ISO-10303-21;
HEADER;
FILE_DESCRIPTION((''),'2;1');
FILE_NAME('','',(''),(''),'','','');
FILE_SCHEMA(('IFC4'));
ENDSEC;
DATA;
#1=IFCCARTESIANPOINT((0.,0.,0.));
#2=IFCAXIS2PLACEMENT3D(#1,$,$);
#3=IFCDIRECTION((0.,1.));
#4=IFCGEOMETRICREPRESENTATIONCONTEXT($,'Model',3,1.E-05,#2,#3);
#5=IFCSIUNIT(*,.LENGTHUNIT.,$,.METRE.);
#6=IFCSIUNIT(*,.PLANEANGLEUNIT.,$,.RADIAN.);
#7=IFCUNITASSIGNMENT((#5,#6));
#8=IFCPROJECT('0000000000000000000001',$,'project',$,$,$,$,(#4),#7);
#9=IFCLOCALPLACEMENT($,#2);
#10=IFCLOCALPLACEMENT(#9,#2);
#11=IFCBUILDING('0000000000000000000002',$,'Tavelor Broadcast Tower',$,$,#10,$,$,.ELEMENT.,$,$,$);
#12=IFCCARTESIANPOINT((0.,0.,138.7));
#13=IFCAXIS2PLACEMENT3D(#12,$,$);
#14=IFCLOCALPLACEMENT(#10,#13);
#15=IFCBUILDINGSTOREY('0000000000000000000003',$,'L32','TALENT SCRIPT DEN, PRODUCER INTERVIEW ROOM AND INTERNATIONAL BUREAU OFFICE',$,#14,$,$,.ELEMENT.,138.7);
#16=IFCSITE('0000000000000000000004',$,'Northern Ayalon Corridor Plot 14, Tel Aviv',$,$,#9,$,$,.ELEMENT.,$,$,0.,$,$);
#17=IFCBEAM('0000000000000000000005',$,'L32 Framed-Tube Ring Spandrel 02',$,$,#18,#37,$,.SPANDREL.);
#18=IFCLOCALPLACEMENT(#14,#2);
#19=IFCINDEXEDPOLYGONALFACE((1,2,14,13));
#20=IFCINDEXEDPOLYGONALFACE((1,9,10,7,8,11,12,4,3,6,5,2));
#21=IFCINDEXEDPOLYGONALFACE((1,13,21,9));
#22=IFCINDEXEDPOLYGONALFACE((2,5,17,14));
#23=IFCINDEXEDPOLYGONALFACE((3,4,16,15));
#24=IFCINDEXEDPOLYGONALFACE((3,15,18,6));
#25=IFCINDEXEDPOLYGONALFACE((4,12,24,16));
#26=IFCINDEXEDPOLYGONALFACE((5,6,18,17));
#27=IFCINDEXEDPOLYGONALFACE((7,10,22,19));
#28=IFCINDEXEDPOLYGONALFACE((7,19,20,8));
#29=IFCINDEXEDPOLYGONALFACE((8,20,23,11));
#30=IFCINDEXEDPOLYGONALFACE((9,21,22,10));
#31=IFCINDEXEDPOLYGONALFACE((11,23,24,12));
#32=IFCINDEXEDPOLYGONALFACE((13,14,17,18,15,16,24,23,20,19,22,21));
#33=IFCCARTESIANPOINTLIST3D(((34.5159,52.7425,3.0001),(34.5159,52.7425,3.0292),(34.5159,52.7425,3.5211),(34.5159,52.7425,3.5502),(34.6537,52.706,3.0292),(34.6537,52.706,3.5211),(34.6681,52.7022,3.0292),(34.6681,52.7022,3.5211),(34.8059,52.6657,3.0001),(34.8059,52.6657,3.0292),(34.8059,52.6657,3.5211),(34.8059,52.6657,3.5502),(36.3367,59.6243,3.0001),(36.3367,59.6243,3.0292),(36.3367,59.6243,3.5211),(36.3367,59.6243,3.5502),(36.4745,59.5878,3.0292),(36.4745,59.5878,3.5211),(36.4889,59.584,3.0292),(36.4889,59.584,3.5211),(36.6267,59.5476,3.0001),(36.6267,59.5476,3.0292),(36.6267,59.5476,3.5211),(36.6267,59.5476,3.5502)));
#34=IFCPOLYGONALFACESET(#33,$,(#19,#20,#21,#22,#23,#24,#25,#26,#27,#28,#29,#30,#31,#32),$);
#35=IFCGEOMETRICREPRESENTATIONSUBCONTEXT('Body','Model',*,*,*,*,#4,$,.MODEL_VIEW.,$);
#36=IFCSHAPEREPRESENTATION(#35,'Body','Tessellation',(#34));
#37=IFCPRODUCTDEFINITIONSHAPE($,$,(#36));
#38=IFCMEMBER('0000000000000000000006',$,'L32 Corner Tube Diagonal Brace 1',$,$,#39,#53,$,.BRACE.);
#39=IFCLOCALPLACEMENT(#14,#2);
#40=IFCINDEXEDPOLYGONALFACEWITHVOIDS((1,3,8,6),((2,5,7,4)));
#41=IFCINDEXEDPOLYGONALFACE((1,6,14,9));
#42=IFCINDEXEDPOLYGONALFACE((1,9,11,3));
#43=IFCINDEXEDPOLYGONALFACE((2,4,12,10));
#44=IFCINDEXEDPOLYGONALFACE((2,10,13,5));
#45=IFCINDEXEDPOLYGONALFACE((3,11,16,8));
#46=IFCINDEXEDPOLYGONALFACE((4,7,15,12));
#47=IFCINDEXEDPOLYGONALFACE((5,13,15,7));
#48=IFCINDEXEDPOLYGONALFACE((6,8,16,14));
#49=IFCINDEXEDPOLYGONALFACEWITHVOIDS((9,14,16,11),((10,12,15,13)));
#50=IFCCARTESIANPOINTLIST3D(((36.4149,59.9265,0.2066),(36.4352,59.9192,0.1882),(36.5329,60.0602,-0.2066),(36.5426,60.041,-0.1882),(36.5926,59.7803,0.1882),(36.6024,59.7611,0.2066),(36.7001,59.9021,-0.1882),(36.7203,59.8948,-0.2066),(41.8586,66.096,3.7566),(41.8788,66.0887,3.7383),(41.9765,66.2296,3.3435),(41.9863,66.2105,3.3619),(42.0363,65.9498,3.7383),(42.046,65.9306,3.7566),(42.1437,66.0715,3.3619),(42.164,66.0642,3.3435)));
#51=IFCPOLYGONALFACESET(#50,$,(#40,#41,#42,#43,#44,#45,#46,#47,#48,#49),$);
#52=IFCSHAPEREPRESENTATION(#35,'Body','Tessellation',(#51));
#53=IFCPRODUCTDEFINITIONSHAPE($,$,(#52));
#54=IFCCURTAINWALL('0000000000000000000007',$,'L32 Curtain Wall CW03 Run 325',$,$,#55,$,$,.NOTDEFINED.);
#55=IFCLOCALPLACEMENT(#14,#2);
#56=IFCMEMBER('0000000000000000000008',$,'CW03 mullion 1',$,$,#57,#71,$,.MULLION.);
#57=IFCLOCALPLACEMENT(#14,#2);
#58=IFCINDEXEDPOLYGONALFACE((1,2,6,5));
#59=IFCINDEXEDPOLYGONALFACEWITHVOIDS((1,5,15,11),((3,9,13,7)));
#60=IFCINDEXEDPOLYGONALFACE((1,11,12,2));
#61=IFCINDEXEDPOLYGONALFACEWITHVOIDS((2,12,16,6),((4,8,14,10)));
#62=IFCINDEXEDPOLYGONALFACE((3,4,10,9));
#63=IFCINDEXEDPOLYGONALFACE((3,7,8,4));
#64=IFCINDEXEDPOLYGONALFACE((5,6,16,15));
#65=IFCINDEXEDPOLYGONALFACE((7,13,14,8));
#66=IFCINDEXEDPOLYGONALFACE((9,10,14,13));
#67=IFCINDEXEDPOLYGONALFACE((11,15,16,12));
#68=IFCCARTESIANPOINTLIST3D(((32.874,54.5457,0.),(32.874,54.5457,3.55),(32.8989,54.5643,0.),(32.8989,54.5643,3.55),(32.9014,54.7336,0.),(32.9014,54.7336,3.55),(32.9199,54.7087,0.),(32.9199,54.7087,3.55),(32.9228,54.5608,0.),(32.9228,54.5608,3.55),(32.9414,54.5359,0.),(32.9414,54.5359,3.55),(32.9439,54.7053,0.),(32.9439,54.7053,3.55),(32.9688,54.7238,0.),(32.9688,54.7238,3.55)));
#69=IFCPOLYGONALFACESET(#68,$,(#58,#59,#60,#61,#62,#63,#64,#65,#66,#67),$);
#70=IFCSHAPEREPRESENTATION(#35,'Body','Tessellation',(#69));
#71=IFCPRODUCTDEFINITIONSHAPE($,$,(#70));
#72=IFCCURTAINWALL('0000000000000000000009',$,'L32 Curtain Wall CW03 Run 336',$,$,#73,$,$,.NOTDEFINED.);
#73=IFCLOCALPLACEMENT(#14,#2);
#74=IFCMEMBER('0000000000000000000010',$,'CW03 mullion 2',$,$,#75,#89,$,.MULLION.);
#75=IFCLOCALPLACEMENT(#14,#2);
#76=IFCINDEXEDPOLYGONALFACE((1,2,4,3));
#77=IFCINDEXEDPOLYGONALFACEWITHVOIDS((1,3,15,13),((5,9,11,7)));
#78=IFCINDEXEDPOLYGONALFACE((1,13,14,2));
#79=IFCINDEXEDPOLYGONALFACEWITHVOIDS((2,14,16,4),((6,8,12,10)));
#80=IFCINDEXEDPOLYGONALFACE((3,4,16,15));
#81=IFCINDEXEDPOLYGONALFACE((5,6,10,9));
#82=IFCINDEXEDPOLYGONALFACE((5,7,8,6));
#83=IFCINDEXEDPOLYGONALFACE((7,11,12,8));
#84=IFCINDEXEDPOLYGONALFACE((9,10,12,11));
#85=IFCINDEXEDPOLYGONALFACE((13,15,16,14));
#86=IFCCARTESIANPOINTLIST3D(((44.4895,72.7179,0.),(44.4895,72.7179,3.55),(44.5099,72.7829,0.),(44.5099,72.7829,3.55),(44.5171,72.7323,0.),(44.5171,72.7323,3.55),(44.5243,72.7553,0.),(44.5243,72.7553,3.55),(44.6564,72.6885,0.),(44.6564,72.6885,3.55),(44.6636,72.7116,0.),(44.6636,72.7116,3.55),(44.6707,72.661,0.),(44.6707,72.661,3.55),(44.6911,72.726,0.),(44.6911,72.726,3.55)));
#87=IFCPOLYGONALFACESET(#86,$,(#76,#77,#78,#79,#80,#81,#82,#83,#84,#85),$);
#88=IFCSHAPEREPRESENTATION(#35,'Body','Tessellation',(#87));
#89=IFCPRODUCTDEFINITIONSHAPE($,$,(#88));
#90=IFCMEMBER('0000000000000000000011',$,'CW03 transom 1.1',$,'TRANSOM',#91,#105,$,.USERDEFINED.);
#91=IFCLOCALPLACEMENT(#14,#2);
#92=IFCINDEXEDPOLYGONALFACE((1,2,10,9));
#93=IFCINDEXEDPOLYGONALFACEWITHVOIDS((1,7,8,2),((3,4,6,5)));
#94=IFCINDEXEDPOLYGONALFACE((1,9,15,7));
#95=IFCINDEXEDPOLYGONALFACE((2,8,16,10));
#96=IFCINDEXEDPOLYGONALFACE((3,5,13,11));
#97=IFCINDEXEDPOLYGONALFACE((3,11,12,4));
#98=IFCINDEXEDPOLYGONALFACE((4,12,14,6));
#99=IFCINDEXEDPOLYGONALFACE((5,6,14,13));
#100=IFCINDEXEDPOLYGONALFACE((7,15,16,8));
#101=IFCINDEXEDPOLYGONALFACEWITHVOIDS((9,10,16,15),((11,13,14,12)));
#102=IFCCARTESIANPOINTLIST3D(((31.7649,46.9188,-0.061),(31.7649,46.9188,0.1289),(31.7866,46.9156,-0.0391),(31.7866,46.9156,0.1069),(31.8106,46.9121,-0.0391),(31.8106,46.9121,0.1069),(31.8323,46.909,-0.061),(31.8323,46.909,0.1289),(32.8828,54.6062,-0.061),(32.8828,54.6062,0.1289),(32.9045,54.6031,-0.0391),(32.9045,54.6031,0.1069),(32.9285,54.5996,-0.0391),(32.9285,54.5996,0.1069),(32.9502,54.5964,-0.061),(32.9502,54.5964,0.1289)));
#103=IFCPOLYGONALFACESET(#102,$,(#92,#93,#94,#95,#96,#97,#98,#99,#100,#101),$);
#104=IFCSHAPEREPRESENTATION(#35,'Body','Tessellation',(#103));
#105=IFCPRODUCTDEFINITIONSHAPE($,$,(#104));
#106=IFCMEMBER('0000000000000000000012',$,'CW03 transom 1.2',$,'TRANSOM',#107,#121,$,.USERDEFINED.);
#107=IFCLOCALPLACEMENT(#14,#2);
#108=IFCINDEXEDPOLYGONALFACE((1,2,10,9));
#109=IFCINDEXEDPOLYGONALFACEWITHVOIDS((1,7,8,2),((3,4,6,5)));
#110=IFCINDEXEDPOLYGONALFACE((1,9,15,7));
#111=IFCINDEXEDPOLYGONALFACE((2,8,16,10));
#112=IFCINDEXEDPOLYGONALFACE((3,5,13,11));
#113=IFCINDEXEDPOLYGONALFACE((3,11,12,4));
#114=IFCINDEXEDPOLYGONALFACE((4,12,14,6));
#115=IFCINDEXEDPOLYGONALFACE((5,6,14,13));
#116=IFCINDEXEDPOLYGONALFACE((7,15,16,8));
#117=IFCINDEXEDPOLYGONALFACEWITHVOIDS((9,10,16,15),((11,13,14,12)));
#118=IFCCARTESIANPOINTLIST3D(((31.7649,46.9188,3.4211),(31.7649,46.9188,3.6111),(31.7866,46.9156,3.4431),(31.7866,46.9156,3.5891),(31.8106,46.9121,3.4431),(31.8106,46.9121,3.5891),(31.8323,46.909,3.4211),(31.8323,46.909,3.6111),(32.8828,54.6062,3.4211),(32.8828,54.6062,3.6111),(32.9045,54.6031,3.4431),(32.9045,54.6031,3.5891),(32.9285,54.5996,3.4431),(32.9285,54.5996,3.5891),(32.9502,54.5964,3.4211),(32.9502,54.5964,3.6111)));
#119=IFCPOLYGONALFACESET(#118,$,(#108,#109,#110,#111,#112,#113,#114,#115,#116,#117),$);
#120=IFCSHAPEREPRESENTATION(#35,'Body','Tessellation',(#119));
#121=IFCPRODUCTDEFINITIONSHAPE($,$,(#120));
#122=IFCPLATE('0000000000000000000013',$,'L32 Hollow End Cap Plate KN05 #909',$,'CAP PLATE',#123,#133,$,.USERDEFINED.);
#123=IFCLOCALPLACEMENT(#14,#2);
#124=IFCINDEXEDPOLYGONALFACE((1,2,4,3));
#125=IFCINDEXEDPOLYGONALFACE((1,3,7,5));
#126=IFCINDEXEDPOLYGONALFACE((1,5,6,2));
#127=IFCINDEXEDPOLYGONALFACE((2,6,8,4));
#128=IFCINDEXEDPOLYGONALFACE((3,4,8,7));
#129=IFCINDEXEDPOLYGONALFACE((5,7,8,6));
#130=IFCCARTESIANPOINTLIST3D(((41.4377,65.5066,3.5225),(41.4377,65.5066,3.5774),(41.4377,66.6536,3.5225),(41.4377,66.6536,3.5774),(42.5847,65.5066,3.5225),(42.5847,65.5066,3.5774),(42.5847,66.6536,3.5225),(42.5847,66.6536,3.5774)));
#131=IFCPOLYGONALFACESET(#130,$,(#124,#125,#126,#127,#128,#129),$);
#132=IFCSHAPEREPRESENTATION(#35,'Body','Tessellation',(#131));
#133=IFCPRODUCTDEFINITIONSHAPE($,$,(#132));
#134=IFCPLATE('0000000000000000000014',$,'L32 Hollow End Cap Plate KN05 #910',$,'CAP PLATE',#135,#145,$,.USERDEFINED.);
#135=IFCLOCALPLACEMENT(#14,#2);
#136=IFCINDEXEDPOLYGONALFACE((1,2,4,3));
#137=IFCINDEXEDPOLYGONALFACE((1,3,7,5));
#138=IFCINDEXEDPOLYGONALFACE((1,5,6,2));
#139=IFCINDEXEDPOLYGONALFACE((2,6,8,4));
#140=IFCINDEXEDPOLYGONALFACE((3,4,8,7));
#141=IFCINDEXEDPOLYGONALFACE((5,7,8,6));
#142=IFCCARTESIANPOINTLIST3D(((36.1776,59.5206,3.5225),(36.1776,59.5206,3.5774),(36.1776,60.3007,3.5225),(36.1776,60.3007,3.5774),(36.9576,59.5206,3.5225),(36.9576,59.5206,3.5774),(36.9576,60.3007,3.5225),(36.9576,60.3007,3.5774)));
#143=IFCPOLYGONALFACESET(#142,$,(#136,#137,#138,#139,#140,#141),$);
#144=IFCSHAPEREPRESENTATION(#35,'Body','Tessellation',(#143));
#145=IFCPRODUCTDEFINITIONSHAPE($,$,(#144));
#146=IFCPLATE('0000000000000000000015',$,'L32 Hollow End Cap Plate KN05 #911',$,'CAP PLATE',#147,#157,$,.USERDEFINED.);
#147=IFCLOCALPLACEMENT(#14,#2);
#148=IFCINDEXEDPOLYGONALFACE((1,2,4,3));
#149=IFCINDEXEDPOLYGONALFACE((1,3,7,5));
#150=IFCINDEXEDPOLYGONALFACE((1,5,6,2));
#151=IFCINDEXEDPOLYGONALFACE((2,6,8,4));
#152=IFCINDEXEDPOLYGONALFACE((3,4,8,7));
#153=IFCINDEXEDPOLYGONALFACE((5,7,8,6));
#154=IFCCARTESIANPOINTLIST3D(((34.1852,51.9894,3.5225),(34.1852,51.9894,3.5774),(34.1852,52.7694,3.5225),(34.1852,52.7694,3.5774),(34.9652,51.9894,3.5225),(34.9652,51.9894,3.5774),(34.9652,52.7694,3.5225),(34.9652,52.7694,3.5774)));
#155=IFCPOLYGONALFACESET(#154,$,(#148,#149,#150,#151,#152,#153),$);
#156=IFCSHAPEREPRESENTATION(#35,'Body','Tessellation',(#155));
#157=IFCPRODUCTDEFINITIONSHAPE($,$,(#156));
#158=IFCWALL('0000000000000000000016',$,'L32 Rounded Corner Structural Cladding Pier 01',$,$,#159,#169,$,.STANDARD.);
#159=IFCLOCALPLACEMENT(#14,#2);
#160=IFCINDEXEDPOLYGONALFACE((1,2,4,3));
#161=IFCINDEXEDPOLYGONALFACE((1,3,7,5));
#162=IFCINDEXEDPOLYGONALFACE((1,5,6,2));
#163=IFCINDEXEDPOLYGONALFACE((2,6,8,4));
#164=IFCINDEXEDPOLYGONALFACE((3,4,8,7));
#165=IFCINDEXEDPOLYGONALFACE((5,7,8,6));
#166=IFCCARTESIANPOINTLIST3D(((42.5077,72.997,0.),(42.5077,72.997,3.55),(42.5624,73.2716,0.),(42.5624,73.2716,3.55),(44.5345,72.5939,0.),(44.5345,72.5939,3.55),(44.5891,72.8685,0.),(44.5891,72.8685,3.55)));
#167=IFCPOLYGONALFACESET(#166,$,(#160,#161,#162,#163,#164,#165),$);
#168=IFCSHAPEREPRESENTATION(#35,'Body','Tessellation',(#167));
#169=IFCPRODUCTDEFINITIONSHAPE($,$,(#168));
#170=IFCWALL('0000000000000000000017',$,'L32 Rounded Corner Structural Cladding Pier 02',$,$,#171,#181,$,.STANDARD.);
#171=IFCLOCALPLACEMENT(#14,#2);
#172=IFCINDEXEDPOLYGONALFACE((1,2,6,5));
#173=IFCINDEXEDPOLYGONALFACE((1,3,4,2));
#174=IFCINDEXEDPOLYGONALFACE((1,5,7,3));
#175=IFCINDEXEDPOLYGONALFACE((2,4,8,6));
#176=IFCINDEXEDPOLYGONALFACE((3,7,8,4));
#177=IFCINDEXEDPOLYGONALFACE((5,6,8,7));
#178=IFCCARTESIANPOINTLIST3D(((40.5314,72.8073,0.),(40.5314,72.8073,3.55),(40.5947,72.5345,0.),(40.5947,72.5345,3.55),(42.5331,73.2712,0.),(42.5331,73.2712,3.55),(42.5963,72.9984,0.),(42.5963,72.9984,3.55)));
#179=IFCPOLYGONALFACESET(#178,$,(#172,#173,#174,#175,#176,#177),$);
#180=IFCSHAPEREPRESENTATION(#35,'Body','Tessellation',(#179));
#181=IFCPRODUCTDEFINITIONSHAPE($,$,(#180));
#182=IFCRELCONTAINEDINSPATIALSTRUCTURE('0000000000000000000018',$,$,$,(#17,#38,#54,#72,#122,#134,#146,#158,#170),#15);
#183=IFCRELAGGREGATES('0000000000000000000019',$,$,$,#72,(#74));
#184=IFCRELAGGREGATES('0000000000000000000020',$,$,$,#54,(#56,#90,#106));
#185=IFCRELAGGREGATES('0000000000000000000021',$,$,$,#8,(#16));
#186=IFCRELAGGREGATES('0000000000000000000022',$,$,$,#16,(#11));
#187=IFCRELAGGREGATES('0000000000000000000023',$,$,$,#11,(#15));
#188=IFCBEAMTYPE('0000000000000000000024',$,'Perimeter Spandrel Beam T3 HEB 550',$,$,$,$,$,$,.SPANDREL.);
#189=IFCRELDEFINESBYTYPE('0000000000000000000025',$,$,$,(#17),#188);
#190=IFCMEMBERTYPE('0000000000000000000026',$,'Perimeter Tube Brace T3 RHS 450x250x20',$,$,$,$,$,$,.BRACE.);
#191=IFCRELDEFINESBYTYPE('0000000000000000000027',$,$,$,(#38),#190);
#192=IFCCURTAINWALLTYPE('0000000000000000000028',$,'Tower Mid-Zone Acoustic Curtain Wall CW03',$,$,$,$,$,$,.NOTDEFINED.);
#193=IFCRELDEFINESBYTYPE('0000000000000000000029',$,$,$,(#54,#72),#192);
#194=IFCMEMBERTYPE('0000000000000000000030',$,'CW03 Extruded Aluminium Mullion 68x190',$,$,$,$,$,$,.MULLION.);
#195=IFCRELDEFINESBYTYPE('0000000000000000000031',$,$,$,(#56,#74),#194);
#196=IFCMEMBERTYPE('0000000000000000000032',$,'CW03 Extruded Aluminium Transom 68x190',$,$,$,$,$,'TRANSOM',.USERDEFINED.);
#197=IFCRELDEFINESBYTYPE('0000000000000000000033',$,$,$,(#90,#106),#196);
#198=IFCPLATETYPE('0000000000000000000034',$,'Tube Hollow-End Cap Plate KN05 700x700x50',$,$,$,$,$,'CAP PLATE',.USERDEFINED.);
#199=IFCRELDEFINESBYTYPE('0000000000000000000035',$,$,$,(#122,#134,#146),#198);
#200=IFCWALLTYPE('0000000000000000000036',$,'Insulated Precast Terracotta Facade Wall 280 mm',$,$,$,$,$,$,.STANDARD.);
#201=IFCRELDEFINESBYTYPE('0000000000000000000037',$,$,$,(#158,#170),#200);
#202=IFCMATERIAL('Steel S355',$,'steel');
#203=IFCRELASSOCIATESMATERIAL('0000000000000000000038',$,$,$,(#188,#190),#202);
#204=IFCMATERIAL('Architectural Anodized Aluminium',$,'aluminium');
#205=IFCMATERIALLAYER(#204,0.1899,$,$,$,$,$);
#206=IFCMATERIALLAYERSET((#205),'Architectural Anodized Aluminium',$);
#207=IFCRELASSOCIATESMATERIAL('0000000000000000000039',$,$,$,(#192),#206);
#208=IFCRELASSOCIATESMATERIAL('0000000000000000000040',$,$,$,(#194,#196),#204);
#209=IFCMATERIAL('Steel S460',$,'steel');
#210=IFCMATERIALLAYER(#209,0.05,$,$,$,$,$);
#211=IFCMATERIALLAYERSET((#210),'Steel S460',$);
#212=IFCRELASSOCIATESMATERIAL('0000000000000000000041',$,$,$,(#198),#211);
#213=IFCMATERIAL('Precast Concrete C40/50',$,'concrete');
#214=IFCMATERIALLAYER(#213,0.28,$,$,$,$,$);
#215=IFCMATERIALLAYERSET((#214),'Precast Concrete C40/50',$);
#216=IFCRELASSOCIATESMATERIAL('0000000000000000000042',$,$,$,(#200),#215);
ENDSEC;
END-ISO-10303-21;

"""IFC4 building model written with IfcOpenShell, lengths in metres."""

from ifc_helpers import new_model, si_unit, direction, frame, frame_2d, origin, origin_2d, place, context, subcontext, project, spatial, rectangle, hollow_rectangle, i_section, extrude, source, transform, mapped, material, layer, layer_set, material_profile, profile_set, type_object, type_shapes, element, aggregate, save


model = new_model("IFC4")

# Units and contexts
model_context = context("Model", 3, precision=1e-05, world=origin(), true_north=direction((0.0, 1.0)))
body_context = subcontext(model_context, "Body", "Model", "MODEL_VIEW")
ifc_project = project(units=[si_unit("LENGTHUNIT", "METRE"), si_unit("PLANEANGLEUNIT", "RADIAN")], contexts=[model_context])

# Site, building, storey
site_placement = place(None, origin())
site = spatial("IfcSite", under=ifc_project, at=site_placement, Name="Northern Ayalon Corridor Plot 14, Tel Aviv", CompositionType="ELEMENT", RefElevation=0.0)
building_placement = place(site_placement, origin())
building = spatial("IfcBuilding", under=site, at=building_placement, Name="Tavelor Broadcast Tower", CompositionType="ELEMENT")
storey_placement = place(building_placement, frame((0.0, 0.0, 138.7)))
storey = spatial("IfcBuildingStorey", under=building, at=storey_placement, Name="L32", Description="TALENT SCRIPT DEN, PRODUCER INTERVIEW ROOM AND INTERNATIONAL BUREAU OFFICE", CompositionType="ELEMENT", Elevation=138.7)

# Shared definitions
ifc_material_1 = material(Name="Steel S460", Category="steel")

# Beam
ifc_material_2 = material(Name="Steel S355", Category="steel")
ifc_material_profile_1 = material_profile(ifc_material_2, i_section(OverallWidth=0.3, OverallDepth=0.55, WebThickness=0.0149, FlangeThickness=0.0291, at=origin_2d()), Name="HEB 550")
ifc_profile_set_1 = profile_set([ifc_material_profile_1], Name="Steel S355")
beam_type_1 = type_object("IfcBeamType", Name="Perimeter Spandrel Beam T3 HEB 550", PredefinedType="SPANDREL", material=ifc_profile_set_1)
beam_1_placement = place(storey_placement, frame((36.4817, 59.5859, 3.2751), z_axis=(-0.255779, -0.966735, 0.0), x_axis=(0.966735, -0.255779, 0.0)))
element("IfcBeam", 1, at=beam_1_placement, inside=storey, type_object=beam_type_1, Name="L32 Framed-Tube Ring Spandrel 02", PredefinedType="SPANDREL", context=body_context, shape_type="SweptSolid", body=[
    extrude(i_section(OverallWidth=0.3, OverallDepth=0.55, WebThickness=0.0149, FlangeThickness=0.0291, at=origin_2d()), origin(), (0.0, 0.0, 1.0), 7.1187),
])

# Member
ifc_material_profile_2 = material_profile(ifc_material_2, hollow_rectangle(XDim=0.25, YDim=0.45, WallThickness=0.02, at=origin_2d()), Name="RHS 450x250x20")
ifc_profile_set_2 = profile_set([ifc_material_profile_2], Name="Steel S355")
member_type_1 = type_object("IfcMemberType", Name="Perimeter Tube Brace T3 RHS 450x250x20", PredefinedType="BRACE", material=ifc_profile_set_2)
member_1_placement = place(storey_placement, frame((36.5676, 59.9106, 0.0), z_axis=(0.607485, 0.688484, 0.396171), x_axis=(-0.749839, 0.661621, 0.0)))
element("IfcMember", 2, at=member_1_placement, inside=storey, type_object=member_type_1, Name="L32 Corner Tube Diagonal Brace 1", PredefinedType="BRACE", context=body_context, shape_type="SweptSolid", body=[
    extrude(hollow_rectangle(XDim=0.25, YDim=0.45, WallThickness=0.02, at=origin_2d()), origin(), (0.0, 0.0, 1.0), 8.9609),
])

# Curtain walls, members
ifc_material_3 = material(Name="Architectural Anodized Aluminium", Category="aluminium")
ifc_layer_1 = layer(ifc_material_3, 0.1899)
ifc_layer_set_1 = layer_set([ifc_layer_1], Name="Architectural Anodized Aluminium")
curtain_wall_type = type_object("IfcCurtainWallType", Name="Tower Mid-Zone Acoustic Curtain Wall CW03", PredefinedType="NOTDEFINED", material=ifc_layer_set_1)
curtain_wall_1_placement = place(storey_placement, origin())
curtain_wall_1 = element("IfcCurtainWall", 3, at=curtain_wall_1_placement, inside=storey, type_object=curtain_wall_type, Name="L32 Curtain Wall CW03 Run 325", PredefinedType="NOTDEFINED")
ifc_material_profile_3 = material_profile(ifc_material_3, hollow_rectangle(XDim=0.0681, YDim=0.1899, WallThickness=0.022, at=origin_2d()), Name="RHS 68x190x22")
ifc_profile_set_3 = profile_set([ifc_material_profile_3], Name="Architectural Anodized Aluminium")
member_type_2 = type_object("IfcMemberType", Name="CW03 Extruded Aluminium Mullion 68x190", PredefinedType="MULLION", material=ifc_profile_set_3)
shared_shape_1 = source(origin(), body_context, "Body", "SweptSolid", [
    extrude(hollow_rectangle(XDim=0.0681, YDim=0.1899, WallThickness=0.022, at=origin_2d()), origin(), (0.0, 0.0, 1.0), 3.55),
])
type_shapes(member_type_2, [shared_shape_1])
member_2_placement = place(storey_placement, frame((32.9214, 54.6348, 0.0), z_axis=(0.0, 0.0, 1.0), x_axis=(0.989589, -0.143924, 0.0)))
member_2 = element("IfcMember", 4, at=member_2_placement, type_object=member_type_2, Name="CW03 mullion 1", PredefinedType="MULLION", context=body_context, shape_type="MappedRepresentation", body=[
    mapped(shared_shape_1, transform((0.0, 0.0, 0.0), scale=1.0)),
])
curtain_wall_2_placement = place(storey_placement, origin())
curtain_wall_2 = element("IfcCurtainWall", 5, at=curtain_wall_2_placement, inside=storey, type_object=curtain_wall_type, Name="L32 Curtain Wall CW03 Run 336", PredefinedType="NOTDEFINED")
member_3_placement = place(storey_placement, frame((44.5903, 72.7219, 0.0), z_axis=(0.0, 0.0, 1.0), x_axis=(-0.299433, -0.954117, 0.0)))
member_3 = element("IfcMember", 6, at=member_3_placement, type_object=member_type_2, Name="CW03 mullion 2", PredefinedType="MULLION", context=body_context, shape_type="MappedRepresentation", body=[
    mapped(shared_shape_1, transform((0.0, 0.0, 0.0), scale=1.0)),
])
aggregate(curtain_wall_2, [member_3])

# Members
ifc_material_profile_4 = material_profile(ifc_material_3, hollow_rectangle(XDim=0.0681, YDim=0.1899, WallThickness=0.022, at=origin_2d()), Name="RHS 68x190x22")
ifc_profile_set_4 = profile_set([ifc_material_profile_4], Name="Architectural Anodized Aluminium")
member_type_3 = type_object("IfcMemberType", Name="CW03 Extruded Aluminium Transom 68x190", ElementType="TRANSOM", PredefinedType="USERDEFINED", material=ifc_profile_set_4)
shared_shape_2 = source(origin(), body_context, "Body", "SweptSolid", [
    extrude(hollow_rectangle(XDim=0.0681, YDim=0.1899, WallThickness=0.022, at=origin_2d()), origin(), (0.0, 0.0, 1.0), 7.7683),
])
type_shapes(member_type_3, [shared_shape_2])
member_4_placement = place(storey_placement, frame((32.9165, 54.6013, 0.0339), z_axis=(-0.143907, -0.989591, 0.0), x_axis=(0.989591, -0.143907, 0.0)))
member_4 = element("IfcMember", 7, at=member_4_placement, type_object=member_type_3, Name="CW03 transom 1.1", ObjectType="TRANSOM", PredefinedType="USERDEFINED", context=body_context, shape_type="MappedRepresentation", body=[
    mapped(shared_shape_2, transform((0.0, 0.0, 0.0), scale=1.0)),
])
member_5_placement = place(storey_placement, frame((32.9165, 54.6013, 3.5161), z_axis=(-0.143907, -0.989591, 0.0), x_axis=(0.989591, -0.143907, 0.0)))
member_5 = element("IfcMember", 8, at=member_5_placement, type_object=member_type_3, Name="CW03 transom 1.2", ObjectType="TRANSOM", PredefinedType="USERDEFINED", context=body_context, shape_type="MappedRepresentation", body=[
    mapped(shared_shape_2, transform((0.0, 0.0, 0.0), scale=1.0)),
])
aggregate(curtain_wall_1, [member_2, member_4, member_5])

# Plates
ifc_layer_2 = layer(ifc_material_1, 0.05)
ifc_layer_set_2 = layer_set([ifc_layer_2], Name="Steel S460")
plate_type = type_object("IfcPlateType", Name="Tube Hollow-End Cap Plate KN05 700x700x50", ElementType="CAP PLATE", PredefinedType="USERDEFINED", material=ifc_layer_set_2)
shared_shape_3 = source(origin(), body_context, "Body", "SweptSolid", [
    extrude(rectangle(XDim=1.147, YDim=1.147, at=origin_2d()), origin(), (0.0, 0.0, 1.0), 0.0549),
])
plate_placement = place(storey_placement, frame((42.0112, 66.0801, 3.5225), z_axis=(0.0, 0.0, 1.0), x_axis=(1.0, 0.0, 0.0)))
element("IfcPlate", 9, at=plate_placement, inside=storey, type_object=plate_type, Name="L32 Hollow End Cap Plate KN05 #909", ObjectType="CAP PLATE", PredefinedType="USERDEFINED", context=body_context, shape_type="MappedRepresentation", body=[
    mapped(shared_shape_3, transform((0.0, 0.0, 0.0), scale=1.0)),
])
shared_shape_4 = source(origin(), body_context, "Body", "SweptSolid", [
    extrude(rectangle(XDim=0.78, YDim=0.78, at=origin_2d()), origin(), (0.0, 0.0, 1.0), 0.0549),
])
type_shapes(plate_type, [shared_shape_3, shared_shape_4])
for number, where, z_axis, x_axis, name in (
    (10, (36.5676, 59.9106, 3.5225), (0.0, 0.0, 1.0), (1.0, 0.0, 0.0), "L32 Hollow End Cap Plate KN05 #910"),
    (11, (34.5752, 52.3794, 3.5225), (0.0, 0.0, 1.0), (1.0, 0.0, 0.0), "L32 Hollow End Cap Plate KN05 #911"),
):
    element("IfcPlate", number, at=place(storey_placement, frame(where, z_axis=z_axis, x_axis=x_axis)), inside=storey, type_object=plate_type, Name=name, ObjectType="CAP PLATE", PredefinedType="USERDEFINED", context=body_context, shape_type="MappedRepresentation", body=[
        mapped(shared_shape_4, transform((0.0, 0.0, 0.0), scale=1.0)),
    ])

# Walls
ifc_material_4 = material(Name="Precast Concrete C40/50", Category="concrete")
ifc_layer_3 = layer(ifc_material_4, 0.28)
ifc_layer_set_3 = layer_set([ifc_layer_3], Name="Precast Concrete C40/50")
wall_type_1 = type_object("IfcWallType", Name="Insulated Precast Terracotta Facade Wall 280 mm", PredefinedType="STANDARD", material=ifc_layer_set_3)
wall_1_placement = place(storey_placement, frame((44.5618, 72.7312, 0.0), z_axis=(0.0, 0.0, 1.0), x_axis=(-0.980789, 0.195071, 0.0)))
element("IfcWall", 12, at=wall_1_placement, inside=storey, type_object=wall_type_1, Name="L32 Rounded Corner Structural Cladding Pier 01", PredefinedType="STANDARD", context=body_context, shape_type="SweptSolid", body=[
    extrude(rectangle(XDim=2.0664, YDim=0.28, at=frame_2d((1.0332, 0.0))), origin(), (0.0, 0.0, 1.0), 3.55),
])
for number, where, z_axis, x_axis, name in (
    (13, (42.5647, 73.1348, 0.0), (0.0, 0.0, 1.0), (-0.974185, -0.225753, 0.0), "L32 Rounded Corner Structural Cladding Pier 02"),
):
    element("IfcWall", number, at=place(storey_placement, frame(where, z_axis=z_axis, x_axis=x_axis)), inside=storey, type_object=wall_type_1, Name=name, PredefinedType="STANDARD", context=body_context, shape_type="SweptSolid", body=[
        extrude(rectangle(XDim=2.0547, YDim=0.28, at=frame_2d((1.0273, 0.0))), origin(), (0.0, 0.0, 1.0), 3.55),
    ])

save(model, "model.ifc")
